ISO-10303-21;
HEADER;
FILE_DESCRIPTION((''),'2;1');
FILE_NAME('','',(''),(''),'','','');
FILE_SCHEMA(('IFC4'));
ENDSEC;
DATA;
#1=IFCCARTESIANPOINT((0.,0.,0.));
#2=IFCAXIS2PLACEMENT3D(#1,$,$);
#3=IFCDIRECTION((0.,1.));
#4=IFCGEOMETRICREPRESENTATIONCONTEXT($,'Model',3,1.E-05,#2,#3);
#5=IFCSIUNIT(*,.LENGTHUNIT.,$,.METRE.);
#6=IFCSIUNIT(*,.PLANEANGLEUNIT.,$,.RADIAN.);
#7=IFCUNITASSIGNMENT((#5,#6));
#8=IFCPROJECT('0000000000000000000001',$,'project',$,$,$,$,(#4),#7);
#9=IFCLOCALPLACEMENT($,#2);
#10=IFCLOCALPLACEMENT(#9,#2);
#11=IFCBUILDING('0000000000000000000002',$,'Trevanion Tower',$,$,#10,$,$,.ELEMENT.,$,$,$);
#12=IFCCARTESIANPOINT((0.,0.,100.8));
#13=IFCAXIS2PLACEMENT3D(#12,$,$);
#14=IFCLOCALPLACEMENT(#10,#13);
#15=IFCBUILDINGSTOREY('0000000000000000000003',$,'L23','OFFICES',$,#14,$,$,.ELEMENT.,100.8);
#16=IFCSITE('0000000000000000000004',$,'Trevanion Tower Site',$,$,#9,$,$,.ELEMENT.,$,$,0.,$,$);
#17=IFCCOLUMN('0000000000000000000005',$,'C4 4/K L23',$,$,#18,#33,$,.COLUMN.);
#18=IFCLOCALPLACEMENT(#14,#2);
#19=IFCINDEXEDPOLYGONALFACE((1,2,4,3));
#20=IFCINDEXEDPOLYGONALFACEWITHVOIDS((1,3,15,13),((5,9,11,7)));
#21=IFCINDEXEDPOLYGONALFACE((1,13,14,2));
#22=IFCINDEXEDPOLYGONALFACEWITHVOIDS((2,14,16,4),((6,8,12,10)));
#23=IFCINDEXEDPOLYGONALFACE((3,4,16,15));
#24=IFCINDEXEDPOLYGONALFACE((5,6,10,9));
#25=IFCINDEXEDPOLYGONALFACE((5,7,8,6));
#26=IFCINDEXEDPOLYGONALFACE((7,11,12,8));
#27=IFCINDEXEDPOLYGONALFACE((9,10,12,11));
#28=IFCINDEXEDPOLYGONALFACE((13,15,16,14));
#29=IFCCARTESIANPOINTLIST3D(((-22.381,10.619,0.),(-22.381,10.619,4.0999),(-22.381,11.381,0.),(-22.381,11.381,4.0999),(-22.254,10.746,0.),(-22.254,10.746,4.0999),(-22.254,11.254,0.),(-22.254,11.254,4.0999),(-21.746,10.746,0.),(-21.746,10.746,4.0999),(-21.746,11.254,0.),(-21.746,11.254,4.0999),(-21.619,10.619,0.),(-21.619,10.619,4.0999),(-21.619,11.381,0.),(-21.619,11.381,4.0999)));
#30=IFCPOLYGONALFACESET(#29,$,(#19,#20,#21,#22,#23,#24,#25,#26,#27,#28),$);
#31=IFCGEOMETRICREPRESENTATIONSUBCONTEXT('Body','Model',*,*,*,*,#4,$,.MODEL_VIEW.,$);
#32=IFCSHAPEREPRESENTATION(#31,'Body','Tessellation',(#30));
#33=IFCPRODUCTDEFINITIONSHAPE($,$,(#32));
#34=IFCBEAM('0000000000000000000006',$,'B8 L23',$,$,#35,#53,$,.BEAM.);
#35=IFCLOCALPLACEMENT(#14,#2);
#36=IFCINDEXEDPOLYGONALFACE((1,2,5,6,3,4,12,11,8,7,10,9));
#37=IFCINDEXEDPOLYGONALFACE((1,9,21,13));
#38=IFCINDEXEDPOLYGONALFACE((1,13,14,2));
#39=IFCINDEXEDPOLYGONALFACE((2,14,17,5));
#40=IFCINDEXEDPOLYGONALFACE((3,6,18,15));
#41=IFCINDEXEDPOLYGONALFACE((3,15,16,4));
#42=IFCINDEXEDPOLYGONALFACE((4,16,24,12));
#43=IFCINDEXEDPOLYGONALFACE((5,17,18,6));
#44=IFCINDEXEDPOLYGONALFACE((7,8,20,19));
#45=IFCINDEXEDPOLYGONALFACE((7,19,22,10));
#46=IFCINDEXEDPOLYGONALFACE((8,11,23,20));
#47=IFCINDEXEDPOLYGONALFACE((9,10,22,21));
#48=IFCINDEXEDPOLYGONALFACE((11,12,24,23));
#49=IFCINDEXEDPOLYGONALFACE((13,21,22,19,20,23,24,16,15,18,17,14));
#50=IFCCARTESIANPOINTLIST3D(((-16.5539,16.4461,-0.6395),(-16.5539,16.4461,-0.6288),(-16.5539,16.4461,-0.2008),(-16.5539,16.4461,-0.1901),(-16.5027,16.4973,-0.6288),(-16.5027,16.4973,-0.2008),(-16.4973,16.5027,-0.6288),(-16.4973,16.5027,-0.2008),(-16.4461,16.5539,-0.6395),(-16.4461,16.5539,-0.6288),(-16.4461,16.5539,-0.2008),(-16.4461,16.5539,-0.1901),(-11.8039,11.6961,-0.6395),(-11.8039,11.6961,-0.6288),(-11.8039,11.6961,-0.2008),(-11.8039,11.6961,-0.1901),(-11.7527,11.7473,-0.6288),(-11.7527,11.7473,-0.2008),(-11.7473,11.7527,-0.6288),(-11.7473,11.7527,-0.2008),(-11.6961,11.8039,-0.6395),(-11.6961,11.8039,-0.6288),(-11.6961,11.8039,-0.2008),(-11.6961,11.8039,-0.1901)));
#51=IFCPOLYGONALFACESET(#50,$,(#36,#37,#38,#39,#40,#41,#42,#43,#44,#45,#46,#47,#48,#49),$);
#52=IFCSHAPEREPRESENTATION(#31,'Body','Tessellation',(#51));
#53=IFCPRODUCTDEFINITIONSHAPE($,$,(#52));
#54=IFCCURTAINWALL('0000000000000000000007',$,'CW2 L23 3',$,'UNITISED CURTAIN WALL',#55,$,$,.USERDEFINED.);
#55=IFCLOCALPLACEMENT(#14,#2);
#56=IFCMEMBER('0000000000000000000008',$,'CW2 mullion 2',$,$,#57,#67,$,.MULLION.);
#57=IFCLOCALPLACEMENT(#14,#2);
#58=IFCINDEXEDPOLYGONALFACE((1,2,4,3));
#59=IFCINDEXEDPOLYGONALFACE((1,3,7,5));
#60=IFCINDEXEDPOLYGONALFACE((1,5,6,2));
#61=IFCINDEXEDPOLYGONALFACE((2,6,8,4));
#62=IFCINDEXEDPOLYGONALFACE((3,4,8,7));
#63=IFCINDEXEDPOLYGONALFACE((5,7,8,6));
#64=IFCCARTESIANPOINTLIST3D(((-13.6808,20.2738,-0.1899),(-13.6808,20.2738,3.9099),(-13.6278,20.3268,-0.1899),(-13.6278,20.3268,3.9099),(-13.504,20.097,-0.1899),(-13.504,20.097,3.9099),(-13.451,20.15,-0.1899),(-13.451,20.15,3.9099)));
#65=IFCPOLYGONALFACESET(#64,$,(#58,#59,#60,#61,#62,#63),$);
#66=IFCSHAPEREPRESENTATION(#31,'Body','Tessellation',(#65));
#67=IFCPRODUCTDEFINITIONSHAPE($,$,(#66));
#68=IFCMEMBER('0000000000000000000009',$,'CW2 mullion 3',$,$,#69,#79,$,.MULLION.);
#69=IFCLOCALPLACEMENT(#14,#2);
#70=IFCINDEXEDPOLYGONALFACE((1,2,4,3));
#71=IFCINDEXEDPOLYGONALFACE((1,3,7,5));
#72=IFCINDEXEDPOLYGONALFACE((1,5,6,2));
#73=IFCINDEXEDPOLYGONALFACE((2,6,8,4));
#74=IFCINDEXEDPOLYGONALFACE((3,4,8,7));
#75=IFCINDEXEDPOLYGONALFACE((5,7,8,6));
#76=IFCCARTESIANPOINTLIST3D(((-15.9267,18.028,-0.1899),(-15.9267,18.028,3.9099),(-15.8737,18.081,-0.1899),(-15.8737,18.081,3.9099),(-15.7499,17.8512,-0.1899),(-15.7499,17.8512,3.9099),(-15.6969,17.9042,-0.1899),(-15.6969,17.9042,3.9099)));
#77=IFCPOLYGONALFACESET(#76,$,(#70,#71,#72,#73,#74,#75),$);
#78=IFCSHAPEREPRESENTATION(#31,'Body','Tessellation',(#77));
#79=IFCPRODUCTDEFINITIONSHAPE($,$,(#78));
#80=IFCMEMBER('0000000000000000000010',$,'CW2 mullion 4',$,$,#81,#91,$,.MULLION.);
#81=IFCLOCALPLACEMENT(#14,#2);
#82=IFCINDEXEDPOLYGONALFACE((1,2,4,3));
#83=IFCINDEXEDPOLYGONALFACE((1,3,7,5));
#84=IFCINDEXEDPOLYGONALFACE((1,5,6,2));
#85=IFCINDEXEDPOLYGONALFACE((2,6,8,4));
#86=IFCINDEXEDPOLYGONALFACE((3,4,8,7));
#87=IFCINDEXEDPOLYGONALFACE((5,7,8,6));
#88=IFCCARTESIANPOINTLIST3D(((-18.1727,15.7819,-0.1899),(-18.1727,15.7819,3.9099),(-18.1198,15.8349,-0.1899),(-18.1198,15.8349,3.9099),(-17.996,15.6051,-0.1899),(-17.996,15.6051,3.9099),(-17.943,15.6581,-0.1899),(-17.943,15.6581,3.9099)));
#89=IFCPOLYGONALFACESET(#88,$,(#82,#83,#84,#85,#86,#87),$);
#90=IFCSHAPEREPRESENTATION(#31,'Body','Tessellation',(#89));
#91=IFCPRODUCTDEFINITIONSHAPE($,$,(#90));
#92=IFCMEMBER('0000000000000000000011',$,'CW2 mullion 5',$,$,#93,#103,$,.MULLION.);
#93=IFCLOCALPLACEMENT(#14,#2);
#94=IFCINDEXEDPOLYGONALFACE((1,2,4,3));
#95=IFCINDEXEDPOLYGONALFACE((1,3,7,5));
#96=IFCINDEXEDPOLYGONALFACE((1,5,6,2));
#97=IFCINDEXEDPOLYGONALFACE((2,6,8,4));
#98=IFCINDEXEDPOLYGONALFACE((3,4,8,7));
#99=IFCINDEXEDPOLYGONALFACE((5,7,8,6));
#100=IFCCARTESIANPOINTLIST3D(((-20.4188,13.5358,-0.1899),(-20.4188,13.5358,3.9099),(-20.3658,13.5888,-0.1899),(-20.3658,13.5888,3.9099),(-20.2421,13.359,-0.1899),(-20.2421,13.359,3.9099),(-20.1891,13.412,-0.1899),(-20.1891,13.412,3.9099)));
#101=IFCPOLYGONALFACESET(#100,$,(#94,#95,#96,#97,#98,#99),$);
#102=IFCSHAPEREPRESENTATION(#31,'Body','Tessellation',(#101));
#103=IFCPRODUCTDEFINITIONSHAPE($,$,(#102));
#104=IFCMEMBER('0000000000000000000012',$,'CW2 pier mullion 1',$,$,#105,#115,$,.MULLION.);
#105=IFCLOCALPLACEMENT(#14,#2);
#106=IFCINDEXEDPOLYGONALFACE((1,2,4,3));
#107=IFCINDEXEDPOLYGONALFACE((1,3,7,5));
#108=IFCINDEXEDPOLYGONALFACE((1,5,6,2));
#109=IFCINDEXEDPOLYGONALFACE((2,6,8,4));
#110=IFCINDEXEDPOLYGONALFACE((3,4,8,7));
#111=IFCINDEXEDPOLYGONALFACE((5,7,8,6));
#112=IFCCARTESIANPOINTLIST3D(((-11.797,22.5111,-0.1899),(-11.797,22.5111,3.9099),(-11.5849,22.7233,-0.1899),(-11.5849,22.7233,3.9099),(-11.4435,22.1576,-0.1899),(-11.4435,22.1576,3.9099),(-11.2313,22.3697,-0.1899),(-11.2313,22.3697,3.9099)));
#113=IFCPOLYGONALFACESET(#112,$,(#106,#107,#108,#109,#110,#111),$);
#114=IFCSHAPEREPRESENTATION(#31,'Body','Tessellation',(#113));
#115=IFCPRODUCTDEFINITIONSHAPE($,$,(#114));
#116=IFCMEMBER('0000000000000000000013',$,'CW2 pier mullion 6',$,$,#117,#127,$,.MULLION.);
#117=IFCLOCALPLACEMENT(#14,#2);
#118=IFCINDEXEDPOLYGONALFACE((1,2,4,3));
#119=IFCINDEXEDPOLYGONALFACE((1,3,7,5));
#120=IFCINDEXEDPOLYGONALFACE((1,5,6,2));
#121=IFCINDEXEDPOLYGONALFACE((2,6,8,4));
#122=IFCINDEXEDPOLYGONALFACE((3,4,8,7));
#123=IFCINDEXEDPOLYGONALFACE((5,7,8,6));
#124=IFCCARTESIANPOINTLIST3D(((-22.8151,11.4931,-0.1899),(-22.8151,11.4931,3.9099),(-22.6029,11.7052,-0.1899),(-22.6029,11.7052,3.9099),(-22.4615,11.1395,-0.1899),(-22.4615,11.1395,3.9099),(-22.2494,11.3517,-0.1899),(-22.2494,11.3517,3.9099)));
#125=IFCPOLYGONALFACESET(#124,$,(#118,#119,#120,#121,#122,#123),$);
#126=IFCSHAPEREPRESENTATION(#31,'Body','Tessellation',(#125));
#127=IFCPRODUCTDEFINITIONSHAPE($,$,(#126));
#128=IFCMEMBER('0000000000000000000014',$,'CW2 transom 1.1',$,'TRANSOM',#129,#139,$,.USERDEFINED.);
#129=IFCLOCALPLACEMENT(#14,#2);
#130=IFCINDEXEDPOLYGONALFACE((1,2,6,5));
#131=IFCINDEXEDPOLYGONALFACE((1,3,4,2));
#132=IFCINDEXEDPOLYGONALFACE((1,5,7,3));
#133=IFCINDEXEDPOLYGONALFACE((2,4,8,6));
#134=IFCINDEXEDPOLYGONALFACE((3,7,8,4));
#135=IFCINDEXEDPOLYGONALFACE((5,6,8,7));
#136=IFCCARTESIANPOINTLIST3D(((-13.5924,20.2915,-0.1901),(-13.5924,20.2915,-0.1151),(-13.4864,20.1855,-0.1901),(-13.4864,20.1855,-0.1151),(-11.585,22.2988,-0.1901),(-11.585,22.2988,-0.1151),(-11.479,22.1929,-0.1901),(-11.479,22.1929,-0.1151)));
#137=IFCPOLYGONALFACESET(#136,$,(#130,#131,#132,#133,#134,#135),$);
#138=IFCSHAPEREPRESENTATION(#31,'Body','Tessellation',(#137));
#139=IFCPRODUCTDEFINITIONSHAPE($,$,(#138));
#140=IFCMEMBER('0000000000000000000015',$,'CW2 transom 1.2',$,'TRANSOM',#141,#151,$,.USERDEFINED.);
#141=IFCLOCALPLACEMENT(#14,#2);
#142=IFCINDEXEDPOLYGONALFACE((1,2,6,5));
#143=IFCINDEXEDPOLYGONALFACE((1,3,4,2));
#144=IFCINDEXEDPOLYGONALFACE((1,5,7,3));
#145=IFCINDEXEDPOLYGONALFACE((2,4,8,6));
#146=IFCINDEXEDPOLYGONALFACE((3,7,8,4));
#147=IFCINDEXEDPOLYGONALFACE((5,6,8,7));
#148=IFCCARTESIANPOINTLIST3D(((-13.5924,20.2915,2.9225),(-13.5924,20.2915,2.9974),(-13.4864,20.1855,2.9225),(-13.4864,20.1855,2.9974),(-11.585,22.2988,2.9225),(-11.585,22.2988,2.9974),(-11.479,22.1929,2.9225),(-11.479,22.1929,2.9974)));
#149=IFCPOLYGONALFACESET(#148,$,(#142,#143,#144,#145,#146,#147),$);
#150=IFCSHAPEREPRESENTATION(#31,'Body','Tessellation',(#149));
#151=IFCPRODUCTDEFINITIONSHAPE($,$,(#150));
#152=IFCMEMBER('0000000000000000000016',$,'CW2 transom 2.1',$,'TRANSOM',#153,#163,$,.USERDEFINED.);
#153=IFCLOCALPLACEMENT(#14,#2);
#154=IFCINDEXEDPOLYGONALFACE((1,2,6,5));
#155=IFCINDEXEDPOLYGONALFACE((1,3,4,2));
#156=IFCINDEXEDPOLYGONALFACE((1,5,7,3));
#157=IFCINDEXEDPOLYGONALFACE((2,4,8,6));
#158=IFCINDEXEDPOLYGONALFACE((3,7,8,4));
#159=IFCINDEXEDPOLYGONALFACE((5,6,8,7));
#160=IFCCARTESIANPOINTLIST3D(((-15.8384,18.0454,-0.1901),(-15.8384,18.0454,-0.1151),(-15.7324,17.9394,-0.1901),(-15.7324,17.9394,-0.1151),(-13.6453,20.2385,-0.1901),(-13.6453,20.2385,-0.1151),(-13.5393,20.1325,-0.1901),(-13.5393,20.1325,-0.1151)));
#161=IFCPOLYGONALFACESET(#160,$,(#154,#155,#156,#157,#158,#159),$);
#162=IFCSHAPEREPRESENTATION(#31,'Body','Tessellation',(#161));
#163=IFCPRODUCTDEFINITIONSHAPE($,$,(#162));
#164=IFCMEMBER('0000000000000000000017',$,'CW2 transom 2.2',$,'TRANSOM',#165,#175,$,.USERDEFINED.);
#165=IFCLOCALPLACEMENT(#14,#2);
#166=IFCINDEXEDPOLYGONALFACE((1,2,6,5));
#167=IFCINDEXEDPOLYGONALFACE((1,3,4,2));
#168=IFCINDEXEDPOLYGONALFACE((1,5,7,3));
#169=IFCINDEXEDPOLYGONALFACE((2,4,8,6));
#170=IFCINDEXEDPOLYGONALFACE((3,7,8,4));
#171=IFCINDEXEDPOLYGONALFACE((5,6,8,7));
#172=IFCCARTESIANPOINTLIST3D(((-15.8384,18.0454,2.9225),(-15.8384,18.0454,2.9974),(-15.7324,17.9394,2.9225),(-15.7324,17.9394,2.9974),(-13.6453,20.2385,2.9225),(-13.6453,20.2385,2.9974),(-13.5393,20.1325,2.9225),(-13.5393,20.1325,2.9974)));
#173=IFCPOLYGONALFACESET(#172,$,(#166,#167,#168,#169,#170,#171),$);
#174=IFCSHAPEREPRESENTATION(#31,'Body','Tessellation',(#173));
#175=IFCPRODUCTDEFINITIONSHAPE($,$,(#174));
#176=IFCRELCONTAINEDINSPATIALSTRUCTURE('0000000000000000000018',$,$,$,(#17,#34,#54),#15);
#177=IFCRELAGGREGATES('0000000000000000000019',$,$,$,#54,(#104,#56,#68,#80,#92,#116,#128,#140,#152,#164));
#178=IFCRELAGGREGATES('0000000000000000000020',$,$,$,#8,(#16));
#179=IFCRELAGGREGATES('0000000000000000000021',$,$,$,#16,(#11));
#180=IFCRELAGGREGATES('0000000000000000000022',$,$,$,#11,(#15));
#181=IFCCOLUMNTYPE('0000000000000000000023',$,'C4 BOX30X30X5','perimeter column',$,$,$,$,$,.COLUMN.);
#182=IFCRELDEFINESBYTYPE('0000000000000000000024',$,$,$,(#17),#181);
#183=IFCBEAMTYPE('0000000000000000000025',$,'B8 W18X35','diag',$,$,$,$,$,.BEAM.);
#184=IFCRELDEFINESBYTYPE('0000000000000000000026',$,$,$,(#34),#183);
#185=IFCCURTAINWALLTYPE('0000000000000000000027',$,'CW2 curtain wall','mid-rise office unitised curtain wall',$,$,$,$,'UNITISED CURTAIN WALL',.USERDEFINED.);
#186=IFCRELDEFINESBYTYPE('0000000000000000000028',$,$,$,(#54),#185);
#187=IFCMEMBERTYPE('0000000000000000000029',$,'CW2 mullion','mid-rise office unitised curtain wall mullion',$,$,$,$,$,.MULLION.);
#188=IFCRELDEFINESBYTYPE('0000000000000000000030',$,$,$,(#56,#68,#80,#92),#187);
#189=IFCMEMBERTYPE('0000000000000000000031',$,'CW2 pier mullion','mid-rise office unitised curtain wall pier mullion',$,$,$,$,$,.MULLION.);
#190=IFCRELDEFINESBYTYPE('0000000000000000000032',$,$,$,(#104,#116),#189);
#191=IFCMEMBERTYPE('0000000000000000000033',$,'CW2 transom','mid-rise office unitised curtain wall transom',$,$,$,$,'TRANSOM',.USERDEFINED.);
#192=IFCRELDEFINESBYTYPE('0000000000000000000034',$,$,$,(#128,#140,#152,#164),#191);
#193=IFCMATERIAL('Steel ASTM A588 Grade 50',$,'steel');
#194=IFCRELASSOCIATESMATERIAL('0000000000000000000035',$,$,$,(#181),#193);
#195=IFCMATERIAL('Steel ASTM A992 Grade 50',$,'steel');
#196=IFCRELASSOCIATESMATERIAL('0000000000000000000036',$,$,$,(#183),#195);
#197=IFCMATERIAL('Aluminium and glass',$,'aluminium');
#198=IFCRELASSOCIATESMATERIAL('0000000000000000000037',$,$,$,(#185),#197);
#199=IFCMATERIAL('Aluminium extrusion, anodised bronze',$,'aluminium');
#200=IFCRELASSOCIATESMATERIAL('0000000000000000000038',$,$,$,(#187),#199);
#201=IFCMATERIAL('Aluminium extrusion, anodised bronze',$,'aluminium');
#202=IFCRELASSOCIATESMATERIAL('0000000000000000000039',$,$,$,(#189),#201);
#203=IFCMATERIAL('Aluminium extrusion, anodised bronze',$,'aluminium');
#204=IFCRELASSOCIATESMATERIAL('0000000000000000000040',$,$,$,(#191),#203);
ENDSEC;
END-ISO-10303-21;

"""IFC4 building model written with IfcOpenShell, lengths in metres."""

from ifc_helpers import new_model, si_unit, direction, frame, origin, origin_2d, place, context, subcontext, project, spatial, rectangle, hollow_rectangle, i_section, extrude, material, material_profile, profile_set, type_object, element, aggregate, save


model = new_model("IFC4")

# Units and contexts
model_context = context("Model", 3, precision=1e-05, world=origin(), true_north=direction((0.0, 1.0)))
body_context = subcontext(model_context, "Body", "Model", "MODEL_VIEW")
ifc_project = project(units=[si_unit("LENGTHUNIT", "METRE"), si_unit("PLANEANGLEUNIT", "RADIAN")], contexts=[model_context])

# Site, building, storey
site_placement = place(None, origin())
site = spatial("IfcSite", under=ifc_project, at=site_placement, Name="Trevanion Tower Site", CompositionType="ELEMENT", RefElevation=0.0)
building_placement = place(site_placement, origin())
building = spatial("IfcBuilding", under=site, at=building_placement, Name="Trevanion Tower", CompositionType="ELEMENT")
storey_placement = place(building_placement, frame((0.0, 0.0, 100.8)))
storey = spatial("IfcBuildingStorey", under=building, at=storey_placement, Name="L23", Description="OFFICES", CompositionType="ELEMENT", Elevation=100.8)

# Column
ifc_material_1 = material(Name="Steel ASTM A588 Grade 50", Category="steel")
ifc_material_profile_1 = material_profile(ifc_material_1, hollow_rectangle(XDim=0.762, YDim=0.762, WallThickness=0.127, at=origin_2d()), Name="BOX30X30X5")
ifc_profile_set_1 = profile_set([ifc_material_profile_1], Name="Steel ASTM A588 Grade 50")
column_type = type_object("IfcColumnType", Name="C4 BOX30X30X5", Description="perimeter column", PredefinedType="COLUMN", material=ifc_profile_set_1)
column_placement = place(storey_placement, frame((-22.0, 11.0, 0.0), z_axis=(0.0, 0.0, 1.0), x_axis=(0.0, 1.0, 0.0)))
element("IfcColumn", 1, at=column_placement, inside=storey, type_object=column_type, Name="C4 4/K L23", PredefinedType="COLUMN", context=body_context, shape_type="SweptSolid", body=[
    extrude(hollow_rectangle(XDim=0.762, YDim=0.762, WallThickness=0.127, at=origin_2d()), origin(), (0.0, 0.0, 1.0), 4.0999),
])

# Beam
ifc_material_2 = material(Name="Steel ASTM A992 Grade 50", Category="steel")
ifc_material_profile_2 = material_profile(ifc_material_2, i_section(OverallWidth=0.1523, OverallDepth=0.4495, WebThickness=0.0076, FlangeThickness=0.0107, at=origin_2d()), Name="W18X35")
ifc_profile_set_2 = profile_set([ifc_material_profile_2], Name="Steel ASTM A992 Grade 50")
beam_type_1 = type_object("IfcBeamType", Name="B8 W18X35", Description="diag", PredefinedType="BEAM", material=ifc_profile_set_2)
beam_1_placement = place(storey_placement, frame((-11.75, 11.75, -0.4148), z_axis=(-0.707107, 0.707107, 0.0), x_axis=(-0.707107, -0.707107, 0.0)))
element("IfcBeam", 2, at=beam_1_placement, inside=storey, type_object=beam_type_1, Name="B8 L23", PredefinedType="BEAM", context=body_context, shape_type="SweptSolid", body=[
    extrude(i_section(OverallWidth=0.1523, OverallDepth=0.4495, WebThickness=0.0076, FlangeThickness=0.0107, at=origin_2d()), origin(), (0.0, 0.0, 1.0), 6.7175),
])

# Curtain wall, members
ifc_material_3 = material(Name="Aluminium and glass", Category="aluminium")
curtain_wall_type = type_object("IfcCurtainWallType", Name="CW2 curtain wall", Description="mid-rise office unitised curtain wall", ElementType="UNITISED CURTAIN WALL", PredefinedType="USERDEFINED", material=ifc_material_3)
curtain_wall_placement = place(storey_placement, origin())
curtain_wall = element("IfcCurtainWall", 3, at=curtain_wall_placement, inside=storey, type_object=curtain_wall_type, Name="CW2 L23 3", ObjectType="UNITISED CURTAIN WALL", PredefinedType="USERDEFINED")
ifc_material_4 = material(Name="Aluminium extrusion, anodised bronze", Category="aluminium")
ifc_material_profile_3 = material_profile(ifc_material_4, rectangle(XDim=0.075, YDim=0.25, at=origin_2d()), Name="CW2 mullion")
ifc_profile_set_3 = profile_set([ifc_material_profile_3], Name="Aluminium extrusion, anodised bronze")
member_type_1 = type_object("IfcMemberType", Name="CW2 mullion", Description="mid-rise office unitised curtain wall mullion", PredefinedType="MULLION", material=ifc_profile_set_3)
member_1_placement = place(storey_placement, frame((-13.5659, 20.2119, -0.1899), z_axis=(0.0, 0.0, 1.0), x_axis=(-0.707107, -0.707107, 0.0)))
member_1 = element("IfcMember", 4, at=member_1_placement, type_object=member_type_1, Name="CW2 mullion 2", PredefinedType="MULLION", context=body_context, shape_type="SweptSolid", body=[
    extrude(rectangle(XDim=0.075, YDim=0.25, at=origin_2d()), origin(), (0.0, 0.0, 1.0), 4.0999),
])
member_2_placement = place(storey_placement, frame((-15.8118, 17.9661, -0.1899), z_axis=(0.0, 0.0, 1.0), x_axis=(-0.707107, -0.707107, 0.0)))
member_2 = element("IfcMember", 5, at=member_2_placement, type_object=member_type_1, Name="CW2 mullion 3", PredefinedType="MULLION", context=body_context, shape_type="SweptSolid", body=[
    extrude(rectangle(XDim=0.075, YDim=0.25, at=origin_2d()), origin(), (0.0, 0.0, 1.0), 4.0999),
])
member_3_placement = place(storey_placement, frame((-18.0579, 15.72, -0.1899), z_axis=(0.0, 0.0, 1.0), x_axis=(-0.707107, -0.707107, 0.0)))
member_3 = element("IfcMember", 6, at=member_3_placement, type_object=member_type_1, Name="CW2 mullion 4", PredefinedType="MULLION", context=body_context, shape_type="SweptSolid", body=[
    extrude(rectangle(XDim=0.075, YDim=0.25, at=origin_2d()), origin(), (0.0, 0.0, 1.0), 4.0999),
])
member_4_placement = place(storey_placement, frame((-20.304, 13.4739, -0.1899), z_axis=(0.0, 0.0, 1.0), x_axis=(-0.707107, -0.707107, 0.0)))
member_4 = element("IfcMember", 7, at=member_4_placement, type_object=member_type_1, Name="CW2 mullion 5", PredefinedType="MULLION", context=body_context, shape_type="SweptSolid", body=[
    extrude(rectangle(XDim=0.075, YDim=0.25, at=origin_2d()), origin(), (0.0, 0.0, 1.0), 4.0999),
])
ifc_material_5 = material(Name="Aluminium extrusion, anodised bronze", Category="aluminium")
ifc_material_profile_4 = material_profile(ifc_material_5, rectangle(XDim=0.3, YDim=0.5, at=origin_2d()), Name="CW2 pier mullion")
ifc_profile_set_4 = profile_set([ifc_material_profile_4], Name="Aluminium extrusion, anodised bronze")
member_type_2 = type_object("IfcMemberType", Name="CW2 pier mullion", Description="mid-rise office unitised curtain wall pier mullion", PredefinedType="MULLION", material=ifc_profile_set_4)
member_5_placement = place(storey_placement, frame((-11.5142, 22.4404, -0.1899), z_axis=(0.0, 0.0, 1.0), x_axis=(-0.707107, -0.707107, 0.0)))
member_5 = element("IfcMember", 8, at=member_5_placement, type_object=member_type_2, Name="CW2 pier mullion 1", PredefinedType="MULLION", context=body_context, shape_type="SweptSolid", body=[
    extrude(rectangle(XDim=0.3, YDim=0.5, at=origin_2d()), origin(), (0.0, 0.0, 1.0), 4.0999),
])
member_6_placement = place(storey_placement, frame((-22.5322, 11.4224, -0.1899), z_axis=(0.0, 0.0, 1.0), x_axis=(-0.707107, -0.707107, 0.0)))
member_6 = element("IfcMember", 9, at=member_6_placement, type_object=member_type_2, Name="CW2 pier mullion 6", PredefinedType="MULLION", context=body_context, shape_type="SweptSolid", body=[
    extrude(rectangle(XDim=0.3, YDim=0.5, at=origin_2d()), origin(), (0.0, 0.0, 1.0), 4.0999),
])
ifc_material_6 = material(Name="Aluminium extrusion, anodised bronze", Category="aluminium")
ifc_material_profile_5 = material_profile(ifc_material_6, rectangle(XDim=0.1499, YDim=0.075, at=origin_2d()), Name="CW2 transom")
ifc_profile_set_5 = profile_set([ifc_material_profile_5], Name="Aluminium extrusion, anodised bronze")
member_type_3 = type_object("IfcMemberType", Name="CW2 transom", Description="mid-rise office unitised curtain wall transom", ElementType="TRANSOM", PredefinedType="USERDEFINED", material=ifc_profile_set_5)
member_7_placement = place(storey_placement, frame((-11.532, 22.2458, -0.1526), z_axis=(-0.707107, -0.707107, 0.0), x_axis=(0.707107, -0.707107, 0.0)))
member_7 = element("IfcMember", 10, at=member_7_placement, type_object=member_type_3, Name="CW2 transom 1.1", ObjectType="TRANSOM", PredefinedType="USERDEFINED", context=body_context, shape_type="SweptSolid", body=[
    extrude(rectangle(XDim=0.1499, YDim=0.075, at=origin_2d()), origin(), (0.0, 0.0, 1.0), 2.8389),
])
member_8_placement = place(storey_placement, frame((-11.532, 22.2458, 2.96), z_axis=(-0.707107, -0.707107, 0.0), x_axis=(0.707107, -0.707107, 0.0)))
member_8 = element("IfcMember", 11, at=member_8_placement, type_object=member_type_3, Name="CW2 transom 1.2", ObjectType="TRANSOM", PredefinedType="USERDEFINED", context=body_context, shape_type="SweptSolid", body=[
    extrude(rectangle(XDim=0.1499, YDim=0.075, at=origin_2d()), origin(), (0.0, 0.0, 1.0), 2.8389),
])
member_9_placement = place(storey_placement, frame((-13.5923, 20.1855, -0.1526), z_axis=(-0.707107, -0.707107, 0.0), x_axis=(0.707107, -0.707107, 0.0)))
member_9 = element("IfcMember", 12, at=member_9_placement, type_object=member_type_3, Name="CW2 transom 2.1", ObjectType="TRANSOM", PredefinedType="USERDEFINED", context=body_context, shape_type="SweptSolid", body=[
    extrude(rectangle(XDim=0.1499, YDim=0.075, at=origin_2d()), origin(), (0.0, 0.0, 1.0), 3.1016),
])
member_10_placement = place(storey_placement, frame((-13.5923, 20.1855, 2.96), z_axis=(-0.707107, -0.707107, 0.0), x_axis=(0.707107, -0.707107, 0.0)))
member_10 = element("IfcMember", 13, at=member_10_placement, type_object=member_type_3, Name="CW2 transom 2.2", ObjectType="TRANSOM", PredefinedType="USERDEFINED", context=body_context, shape_type="SweptSolid", body=[
    extrude(rectangle(XDim=0.1499, YDim=0.075, at=origin_2d()), origin(), (0.0, 0.0, 1.0), 3.1016),
])

aggregate(curtain_wall, [member_5, member_1, member_2, member_3, member_4, member_6, member_7, member_8, member_9, member_10])

save(model, "model.ifc")
